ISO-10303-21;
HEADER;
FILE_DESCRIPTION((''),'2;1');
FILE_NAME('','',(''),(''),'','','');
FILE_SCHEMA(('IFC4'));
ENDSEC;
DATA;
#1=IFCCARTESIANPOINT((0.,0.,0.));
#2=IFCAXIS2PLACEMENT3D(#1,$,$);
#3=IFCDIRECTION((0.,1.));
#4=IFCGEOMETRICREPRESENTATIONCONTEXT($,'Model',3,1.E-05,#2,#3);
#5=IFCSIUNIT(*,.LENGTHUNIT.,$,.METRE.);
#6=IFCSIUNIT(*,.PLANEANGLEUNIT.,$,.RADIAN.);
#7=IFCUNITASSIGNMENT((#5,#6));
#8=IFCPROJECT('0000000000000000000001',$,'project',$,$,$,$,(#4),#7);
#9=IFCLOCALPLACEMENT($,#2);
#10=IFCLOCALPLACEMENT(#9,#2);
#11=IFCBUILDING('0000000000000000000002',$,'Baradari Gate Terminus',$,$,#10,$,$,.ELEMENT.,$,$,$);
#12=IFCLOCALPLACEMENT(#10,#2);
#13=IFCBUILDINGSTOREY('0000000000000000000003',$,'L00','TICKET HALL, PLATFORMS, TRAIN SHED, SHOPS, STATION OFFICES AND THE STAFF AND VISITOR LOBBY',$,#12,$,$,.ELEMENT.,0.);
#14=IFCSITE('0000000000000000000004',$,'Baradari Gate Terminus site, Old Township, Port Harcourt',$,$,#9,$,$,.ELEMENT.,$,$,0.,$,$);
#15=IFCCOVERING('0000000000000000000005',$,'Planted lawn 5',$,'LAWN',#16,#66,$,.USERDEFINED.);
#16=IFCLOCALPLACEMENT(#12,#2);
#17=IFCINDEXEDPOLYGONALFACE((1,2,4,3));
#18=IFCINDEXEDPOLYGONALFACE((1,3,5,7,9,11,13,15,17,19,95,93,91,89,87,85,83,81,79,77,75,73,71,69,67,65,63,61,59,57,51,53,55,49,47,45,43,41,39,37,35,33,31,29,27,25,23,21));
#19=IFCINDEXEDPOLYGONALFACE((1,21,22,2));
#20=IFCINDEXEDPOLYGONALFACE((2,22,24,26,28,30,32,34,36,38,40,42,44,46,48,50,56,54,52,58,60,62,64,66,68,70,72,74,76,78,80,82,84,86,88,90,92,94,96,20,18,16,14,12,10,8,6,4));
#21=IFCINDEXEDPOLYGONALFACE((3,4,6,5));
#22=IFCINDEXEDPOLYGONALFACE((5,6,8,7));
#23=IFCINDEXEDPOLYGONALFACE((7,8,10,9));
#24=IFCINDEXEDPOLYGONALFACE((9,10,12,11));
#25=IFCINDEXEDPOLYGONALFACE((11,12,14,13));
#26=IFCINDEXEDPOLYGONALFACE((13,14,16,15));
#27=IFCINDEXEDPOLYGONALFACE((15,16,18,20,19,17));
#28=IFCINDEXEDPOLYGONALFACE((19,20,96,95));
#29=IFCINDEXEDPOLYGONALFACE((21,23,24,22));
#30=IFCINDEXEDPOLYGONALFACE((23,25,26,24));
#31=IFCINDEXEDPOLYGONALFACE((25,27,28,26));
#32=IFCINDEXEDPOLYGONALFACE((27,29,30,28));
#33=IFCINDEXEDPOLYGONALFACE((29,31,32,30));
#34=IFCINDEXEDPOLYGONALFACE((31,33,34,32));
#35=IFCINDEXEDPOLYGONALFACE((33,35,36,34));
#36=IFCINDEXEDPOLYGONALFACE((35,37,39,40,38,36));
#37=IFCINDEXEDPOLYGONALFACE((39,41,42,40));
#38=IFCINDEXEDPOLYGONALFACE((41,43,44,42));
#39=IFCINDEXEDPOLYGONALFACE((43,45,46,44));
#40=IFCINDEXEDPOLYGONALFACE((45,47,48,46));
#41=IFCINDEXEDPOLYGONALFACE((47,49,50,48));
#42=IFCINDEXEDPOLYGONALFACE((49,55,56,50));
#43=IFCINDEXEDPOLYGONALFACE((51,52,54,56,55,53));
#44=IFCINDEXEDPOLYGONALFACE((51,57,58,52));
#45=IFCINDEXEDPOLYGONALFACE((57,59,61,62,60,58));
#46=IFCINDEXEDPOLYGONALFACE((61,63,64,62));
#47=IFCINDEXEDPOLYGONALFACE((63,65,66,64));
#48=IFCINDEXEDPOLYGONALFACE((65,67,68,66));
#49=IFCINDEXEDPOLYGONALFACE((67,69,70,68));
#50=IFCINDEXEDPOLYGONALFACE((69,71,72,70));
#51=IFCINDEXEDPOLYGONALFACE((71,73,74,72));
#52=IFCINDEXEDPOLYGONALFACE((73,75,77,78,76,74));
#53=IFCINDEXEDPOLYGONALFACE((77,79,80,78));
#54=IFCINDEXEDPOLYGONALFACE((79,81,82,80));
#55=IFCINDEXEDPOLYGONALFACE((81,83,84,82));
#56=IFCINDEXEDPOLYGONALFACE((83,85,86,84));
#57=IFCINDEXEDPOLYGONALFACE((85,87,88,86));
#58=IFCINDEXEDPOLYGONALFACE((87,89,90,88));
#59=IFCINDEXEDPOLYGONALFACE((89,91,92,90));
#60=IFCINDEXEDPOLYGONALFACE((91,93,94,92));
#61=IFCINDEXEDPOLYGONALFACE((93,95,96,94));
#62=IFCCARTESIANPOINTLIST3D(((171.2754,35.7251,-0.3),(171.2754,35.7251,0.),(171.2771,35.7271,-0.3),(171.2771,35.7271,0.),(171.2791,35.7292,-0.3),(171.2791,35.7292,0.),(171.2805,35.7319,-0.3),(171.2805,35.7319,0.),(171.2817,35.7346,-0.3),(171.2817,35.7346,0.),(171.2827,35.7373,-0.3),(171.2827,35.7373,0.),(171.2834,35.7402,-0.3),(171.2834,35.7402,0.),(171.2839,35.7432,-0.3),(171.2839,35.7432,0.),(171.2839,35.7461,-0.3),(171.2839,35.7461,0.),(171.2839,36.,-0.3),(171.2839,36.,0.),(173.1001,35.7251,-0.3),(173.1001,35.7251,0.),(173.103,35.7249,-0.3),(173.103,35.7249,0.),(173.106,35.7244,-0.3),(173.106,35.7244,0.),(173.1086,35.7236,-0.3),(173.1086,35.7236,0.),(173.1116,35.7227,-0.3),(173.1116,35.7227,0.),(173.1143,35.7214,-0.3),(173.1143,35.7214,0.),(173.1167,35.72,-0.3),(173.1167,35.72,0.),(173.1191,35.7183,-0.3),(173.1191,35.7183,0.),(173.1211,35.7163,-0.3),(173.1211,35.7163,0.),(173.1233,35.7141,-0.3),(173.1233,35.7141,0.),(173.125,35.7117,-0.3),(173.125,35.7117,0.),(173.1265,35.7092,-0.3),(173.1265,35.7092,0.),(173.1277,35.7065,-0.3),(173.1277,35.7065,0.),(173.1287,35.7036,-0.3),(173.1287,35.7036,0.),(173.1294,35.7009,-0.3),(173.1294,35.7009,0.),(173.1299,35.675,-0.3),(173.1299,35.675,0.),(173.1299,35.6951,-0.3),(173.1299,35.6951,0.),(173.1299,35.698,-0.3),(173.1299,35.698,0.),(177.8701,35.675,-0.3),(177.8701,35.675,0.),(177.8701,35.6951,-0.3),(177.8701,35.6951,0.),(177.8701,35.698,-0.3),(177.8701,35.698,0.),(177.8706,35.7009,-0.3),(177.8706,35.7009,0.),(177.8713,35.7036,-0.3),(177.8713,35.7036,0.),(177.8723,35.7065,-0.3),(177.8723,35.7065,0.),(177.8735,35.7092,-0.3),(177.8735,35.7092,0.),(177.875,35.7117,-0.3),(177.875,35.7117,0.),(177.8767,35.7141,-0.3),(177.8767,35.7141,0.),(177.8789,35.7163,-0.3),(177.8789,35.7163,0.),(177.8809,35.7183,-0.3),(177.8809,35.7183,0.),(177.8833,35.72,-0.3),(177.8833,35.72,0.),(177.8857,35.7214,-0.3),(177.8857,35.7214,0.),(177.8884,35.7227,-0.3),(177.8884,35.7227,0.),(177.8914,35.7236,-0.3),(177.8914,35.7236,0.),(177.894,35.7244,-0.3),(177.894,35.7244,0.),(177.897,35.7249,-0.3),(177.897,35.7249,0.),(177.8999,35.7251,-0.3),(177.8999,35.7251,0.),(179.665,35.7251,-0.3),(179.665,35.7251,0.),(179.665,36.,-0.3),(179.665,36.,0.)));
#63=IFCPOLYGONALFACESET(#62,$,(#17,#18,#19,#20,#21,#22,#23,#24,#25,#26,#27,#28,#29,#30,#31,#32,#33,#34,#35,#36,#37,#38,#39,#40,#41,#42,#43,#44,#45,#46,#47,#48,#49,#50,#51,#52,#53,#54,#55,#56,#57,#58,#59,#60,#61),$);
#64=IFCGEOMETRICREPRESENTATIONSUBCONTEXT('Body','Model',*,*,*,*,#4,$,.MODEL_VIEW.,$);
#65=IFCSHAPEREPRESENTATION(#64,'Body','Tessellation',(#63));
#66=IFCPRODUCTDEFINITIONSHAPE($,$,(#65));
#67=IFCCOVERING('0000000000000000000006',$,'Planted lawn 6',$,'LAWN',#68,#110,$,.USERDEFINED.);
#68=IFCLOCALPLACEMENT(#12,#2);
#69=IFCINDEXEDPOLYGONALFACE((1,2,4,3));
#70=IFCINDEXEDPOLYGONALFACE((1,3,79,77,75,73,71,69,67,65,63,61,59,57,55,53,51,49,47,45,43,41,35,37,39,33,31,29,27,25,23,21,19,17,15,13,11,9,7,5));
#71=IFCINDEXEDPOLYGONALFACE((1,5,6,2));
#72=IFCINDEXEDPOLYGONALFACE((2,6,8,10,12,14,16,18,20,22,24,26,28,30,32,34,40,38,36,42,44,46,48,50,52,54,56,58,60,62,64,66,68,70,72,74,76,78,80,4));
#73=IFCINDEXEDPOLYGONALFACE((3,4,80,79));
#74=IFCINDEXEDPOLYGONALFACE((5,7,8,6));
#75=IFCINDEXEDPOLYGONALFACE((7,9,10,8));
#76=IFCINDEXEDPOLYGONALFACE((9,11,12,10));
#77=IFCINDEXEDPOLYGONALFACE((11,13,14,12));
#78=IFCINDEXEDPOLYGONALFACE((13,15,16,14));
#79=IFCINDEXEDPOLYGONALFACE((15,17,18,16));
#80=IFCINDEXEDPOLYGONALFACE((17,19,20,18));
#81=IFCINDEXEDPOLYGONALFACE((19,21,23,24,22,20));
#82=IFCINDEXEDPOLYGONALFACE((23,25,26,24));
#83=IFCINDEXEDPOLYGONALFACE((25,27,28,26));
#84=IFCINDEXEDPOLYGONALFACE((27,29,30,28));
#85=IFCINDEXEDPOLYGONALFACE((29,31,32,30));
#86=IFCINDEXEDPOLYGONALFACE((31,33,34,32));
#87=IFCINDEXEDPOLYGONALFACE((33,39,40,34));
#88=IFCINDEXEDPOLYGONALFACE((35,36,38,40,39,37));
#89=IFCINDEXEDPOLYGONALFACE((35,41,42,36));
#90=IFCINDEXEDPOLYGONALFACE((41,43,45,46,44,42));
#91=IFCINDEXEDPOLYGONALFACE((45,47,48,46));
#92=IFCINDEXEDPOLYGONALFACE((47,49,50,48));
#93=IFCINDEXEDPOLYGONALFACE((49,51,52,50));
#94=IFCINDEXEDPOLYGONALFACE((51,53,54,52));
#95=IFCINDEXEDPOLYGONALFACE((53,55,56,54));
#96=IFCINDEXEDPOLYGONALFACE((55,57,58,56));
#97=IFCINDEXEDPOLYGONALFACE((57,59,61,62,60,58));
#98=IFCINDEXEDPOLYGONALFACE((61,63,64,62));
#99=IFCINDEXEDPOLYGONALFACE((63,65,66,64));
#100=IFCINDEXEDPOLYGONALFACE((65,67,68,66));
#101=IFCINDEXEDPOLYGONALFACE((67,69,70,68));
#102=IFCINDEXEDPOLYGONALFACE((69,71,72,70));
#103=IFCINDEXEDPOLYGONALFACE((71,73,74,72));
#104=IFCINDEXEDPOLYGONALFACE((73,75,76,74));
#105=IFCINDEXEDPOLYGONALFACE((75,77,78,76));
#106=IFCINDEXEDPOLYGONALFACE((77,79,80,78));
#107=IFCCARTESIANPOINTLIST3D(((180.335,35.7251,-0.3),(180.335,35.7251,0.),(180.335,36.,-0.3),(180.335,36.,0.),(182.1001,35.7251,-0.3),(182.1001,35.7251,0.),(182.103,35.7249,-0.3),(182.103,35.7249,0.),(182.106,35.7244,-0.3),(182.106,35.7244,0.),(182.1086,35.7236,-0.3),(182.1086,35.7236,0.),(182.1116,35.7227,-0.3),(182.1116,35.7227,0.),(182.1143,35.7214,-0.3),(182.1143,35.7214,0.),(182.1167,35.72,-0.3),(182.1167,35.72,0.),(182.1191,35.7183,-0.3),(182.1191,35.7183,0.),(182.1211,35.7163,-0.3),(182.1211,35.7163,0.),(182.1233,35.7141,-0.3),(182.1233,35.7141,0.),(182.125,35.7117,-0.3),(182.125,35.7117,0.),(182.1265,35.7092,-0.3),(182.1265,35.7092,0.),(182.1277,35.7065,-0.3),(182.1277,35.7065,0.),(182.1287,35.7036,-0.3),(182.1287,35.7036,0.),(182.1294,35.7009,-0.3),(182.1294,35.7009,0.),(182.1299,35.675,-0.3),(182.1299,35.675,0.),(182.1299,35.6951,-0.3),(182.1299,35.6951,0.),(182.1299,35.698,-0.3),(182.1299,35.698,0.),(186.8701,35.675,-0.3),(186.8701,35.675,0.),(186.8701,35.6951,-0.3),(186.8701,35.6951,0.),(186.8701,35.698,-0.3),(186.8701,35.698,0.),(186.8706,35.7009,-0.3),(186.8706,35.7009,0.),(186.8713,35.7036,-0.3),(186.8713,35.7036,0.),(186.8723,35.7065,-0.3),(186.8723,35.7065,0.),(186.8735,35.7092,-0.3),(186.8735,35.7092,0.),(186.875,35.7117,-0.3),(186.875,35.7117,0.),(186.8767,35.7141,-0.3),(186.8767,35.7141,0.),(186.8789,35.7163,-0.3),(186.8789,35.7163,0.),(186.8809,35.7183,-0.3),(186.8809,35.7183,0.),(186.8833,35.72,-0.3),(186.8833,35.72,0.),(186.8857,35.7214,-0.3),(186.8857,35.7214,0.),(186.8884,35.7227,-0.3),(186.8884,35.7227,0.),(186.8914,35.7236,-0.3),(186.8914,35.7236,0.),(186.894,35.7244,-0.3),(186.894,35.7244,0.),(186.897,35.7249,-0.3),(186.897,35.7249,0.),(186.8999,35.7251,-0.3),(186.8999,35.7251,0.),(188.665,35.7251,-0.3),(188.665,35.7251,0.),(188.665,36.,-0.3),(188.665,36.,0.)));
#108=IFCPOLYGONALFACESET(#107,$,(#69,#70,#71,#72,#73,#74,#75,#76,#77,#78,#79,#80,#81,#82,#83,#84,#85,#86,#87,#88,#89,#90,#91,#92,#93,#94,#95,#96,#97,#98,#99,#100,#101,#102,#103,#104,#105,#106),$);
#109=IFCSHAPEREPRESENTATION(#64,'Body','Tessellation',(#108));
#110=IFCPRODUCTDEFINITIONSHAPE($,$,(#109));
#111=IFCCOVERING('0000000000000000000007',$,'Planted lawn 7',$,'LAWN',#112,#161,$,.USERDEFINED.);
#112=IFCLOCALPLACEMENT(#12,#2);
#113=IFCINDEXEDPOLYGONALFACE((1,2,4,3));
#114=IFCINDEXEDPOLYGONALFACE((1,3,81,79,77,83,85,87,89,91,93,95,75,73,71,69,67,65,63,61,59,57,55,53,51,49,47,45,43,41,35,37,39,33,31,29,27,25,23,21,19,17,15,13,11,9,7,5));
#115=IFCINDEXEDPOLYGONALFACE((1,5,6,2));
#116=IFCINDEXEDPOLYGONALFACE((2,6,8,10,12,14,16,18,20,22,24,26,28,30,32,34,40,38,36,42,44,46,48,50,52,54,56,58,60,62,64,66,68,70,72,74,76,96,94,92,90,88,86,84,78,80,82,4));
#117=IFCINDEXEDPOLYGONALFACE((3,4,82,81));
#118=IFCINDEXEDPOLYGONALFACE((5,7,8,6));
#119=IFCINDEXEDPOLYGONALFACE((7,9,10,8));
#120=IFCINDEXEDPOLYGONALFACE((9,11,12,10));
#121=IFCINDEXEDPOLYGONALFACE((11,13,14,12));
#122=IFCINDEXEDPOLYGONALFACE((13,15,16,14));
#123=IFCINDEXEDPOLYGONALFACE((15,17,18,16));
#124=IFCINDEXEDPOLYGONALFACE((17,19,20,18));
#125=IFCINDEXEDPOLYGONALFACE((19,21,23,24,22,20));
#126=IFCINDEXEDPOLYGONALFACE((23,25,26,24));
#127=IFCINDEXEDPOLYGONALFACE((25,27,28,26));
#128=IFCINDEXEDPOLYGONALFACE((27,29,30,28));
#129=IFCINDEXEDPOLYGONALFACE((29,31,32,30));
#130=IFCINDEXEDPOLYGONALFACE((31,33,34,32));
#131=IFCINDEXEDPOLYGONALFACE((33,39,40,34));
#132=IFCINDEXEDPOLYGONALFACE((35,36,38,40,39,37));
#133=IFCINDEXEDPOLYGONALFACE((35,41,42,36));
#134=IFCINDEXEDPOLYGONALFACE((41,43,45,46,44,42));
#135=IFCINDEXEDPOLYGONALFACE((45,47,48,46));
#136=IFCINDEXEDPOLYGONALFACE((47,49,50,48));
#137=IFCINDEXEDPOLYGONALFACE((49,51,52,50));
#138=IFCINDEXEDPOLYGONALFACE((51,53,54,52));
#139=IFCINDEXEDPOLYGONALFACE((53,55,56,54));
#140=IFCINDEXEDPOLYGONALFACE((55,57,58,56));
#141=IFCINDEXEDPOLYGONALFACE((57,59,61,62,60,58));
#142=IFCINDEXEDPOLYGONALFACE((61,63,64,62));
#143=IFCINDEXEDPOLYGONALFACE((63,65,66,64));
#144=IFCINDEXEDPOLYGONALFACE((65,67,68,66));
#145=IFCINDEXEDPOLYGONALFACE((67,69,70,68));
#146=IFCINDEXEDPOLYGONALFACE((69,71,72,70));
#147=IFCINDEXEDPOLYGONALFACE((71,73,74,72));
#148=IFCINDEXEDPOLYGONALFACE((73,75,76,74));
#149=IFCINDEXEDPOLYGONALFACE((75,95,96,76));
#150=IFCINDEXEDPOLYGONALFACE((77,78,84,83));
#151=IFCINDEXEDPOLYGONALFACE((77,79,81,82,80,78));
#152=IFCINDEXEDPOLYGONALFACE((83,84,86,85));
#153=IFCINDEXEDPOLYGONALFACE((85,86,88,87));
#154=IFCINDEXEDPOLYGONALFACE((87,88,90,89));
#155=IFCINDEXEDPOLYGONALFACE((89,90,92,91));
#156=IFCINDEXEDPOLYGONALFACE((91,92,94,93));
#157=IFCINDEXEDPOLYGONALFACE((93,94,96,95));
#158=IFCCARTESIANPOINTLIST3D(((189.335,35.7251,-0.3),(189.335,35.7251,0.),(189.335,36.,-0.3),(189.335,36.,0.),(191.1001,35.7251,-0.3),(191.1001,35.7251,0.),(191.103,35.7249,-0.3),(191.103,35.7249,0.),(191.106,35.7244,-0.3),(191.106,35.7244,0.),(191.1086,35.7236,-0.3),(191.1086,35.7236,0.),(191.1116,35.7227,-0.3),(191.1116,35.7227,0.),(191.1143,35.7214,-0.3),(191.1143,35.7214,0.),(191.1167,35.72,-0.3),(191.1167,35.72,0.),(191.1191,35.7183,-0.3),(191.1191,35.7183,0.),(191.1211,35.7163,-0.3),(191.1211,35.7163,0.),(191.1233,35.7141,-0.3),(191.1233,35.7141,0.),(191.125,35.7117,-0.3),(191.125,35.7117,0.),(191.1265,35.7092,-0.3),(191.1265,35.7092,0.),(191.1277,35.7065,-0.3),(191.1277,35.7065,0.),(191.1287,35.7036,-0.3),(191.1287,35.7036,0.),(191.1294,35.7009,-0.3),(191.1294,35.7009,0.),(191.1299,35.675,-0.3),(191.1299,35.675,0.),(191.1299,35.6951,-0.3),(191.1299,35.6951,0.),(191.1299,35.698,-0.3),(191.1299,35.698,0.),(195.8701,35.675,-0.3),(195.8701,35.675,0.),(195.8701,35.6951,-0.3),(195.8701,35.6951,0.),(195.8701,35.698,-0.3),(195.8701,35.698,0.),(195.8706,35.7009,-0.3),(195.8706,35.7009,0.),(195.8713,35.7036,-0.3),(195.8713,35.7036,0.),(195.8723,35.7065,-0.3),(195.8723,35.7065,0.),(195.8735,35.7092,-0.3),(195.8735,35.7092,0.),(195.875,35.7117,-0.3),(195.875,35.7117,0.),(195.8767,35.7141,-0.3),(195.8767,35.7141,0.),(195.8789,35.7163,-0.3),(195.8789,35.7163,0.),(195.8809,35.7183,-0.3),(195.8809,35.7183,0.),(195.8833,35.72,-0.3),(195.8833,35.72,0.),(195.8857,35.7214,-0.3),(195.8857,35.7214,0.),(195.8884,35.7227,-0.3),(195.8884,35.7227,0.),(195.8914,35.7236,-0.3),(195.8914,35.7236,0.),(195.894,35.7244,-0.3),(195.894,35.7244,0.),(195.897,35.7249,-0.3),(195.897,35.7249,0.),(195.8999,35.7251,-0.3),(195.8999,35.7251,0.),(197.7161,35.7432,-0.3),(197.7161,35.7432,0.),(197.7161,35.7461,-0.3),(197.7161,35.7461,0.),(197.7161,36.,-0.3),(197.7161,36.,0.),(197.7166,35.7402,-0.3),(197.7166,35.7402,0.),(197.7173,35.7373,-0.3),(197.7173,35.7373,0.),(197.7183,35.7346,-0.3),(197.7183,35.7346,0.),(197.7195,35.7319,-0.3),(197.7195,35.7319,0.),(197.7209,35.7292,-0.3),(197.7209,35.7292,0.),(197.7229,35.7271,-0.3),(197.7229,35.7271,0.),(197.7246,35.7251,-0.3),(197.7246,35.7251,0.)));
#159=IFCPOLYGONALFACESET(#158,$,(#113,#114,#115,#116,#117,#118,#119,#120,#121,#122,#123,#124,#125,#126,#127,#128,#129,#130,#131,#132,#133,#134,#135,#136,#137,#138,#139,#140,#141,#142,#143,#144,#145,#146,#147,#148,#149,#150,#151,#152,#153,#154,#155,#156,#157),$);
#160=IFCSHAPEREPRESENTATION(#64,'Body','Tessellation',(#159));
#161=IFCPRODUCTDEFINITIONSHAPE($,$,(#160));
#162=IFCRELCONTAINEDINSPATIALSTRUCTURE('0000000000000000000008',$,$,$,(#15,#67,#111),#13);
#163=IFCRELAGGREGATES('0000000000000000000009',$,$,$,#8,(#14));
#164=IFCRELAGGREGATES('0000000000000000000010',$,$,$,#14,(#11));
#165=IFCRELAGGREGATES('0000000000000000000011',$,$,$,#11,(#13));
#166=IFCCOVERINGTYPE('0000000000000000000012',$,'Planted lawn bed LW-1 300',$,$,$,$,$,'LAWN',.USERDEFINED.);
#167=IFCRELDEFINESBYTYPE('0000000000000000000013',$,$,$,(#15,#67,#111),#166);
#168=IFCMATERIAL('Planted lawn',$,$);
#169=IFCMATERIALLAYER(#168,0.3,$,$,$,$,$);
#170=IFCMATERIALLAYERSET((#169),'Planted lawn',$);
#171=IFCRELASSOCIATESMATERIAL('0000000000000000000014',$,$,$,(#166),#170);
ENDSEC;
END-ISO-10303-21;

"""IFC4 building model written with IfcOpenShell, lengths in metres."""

from ifc_helpers import new_model, si_unit, direction, frame, origin, place, context, subcontext, project, spatial, polyline, outline, extrude, material, layer, layer_set, type_object, element, save


model = new_model("IFC4")

# Units and contexts
model_context = context("Model", 3, precision=1e-05, world=origin(), true_north=direction((0.0, 1.0)))
body_context = subcontext(model_context, "Body", "Model", "MODEL_VIEW")
ifc_project = project(units=[si_unit("LENGTHUNIT", "METRE"), si_unit("PLANEANGLEUNIT", "RADIAN")], contexts=[model_context])

# Site, building, storey
site_placement = place(None, origin())
site = spatial("IfcSite", under=ifc_project, at=site_placement, Name="Baradari Gate Terminus site, Old Township, Port Harcourt", CompositionType="ELEMENT", RefElevation=0.0)
building_placement = place(site_placement, origin())
building = spatial("IfcBuilding", under=site, at=building_placement, Name="Baradari Gate Terminus", CompositionType="ELEMENT")
storey_placement = place(building_placement, origin())
storey = spatial("IfcBuildingStorey", under=building, at=storey_placement, Name="L00", Description="TICKET HALL, PLATFORMS, TRAIN SHED, SHOPS, STATION OFFICES AND THE STAFF AND VISITOR LOBBY", CompositionType="ELEMENT", Elevation=0.0)

# Coverings
ifc_material_1 = material(Name="Planted lawn")
ifc_layer_1 = layer(ifc_material_1, 0.3)
ifc_layer_set_1 = layer_set([ifc_layer_1], Name="Planted lawn")
covering_type_1 = type_object("IfcCoveringType", Name="Planted lawn bed LW-1 300", ElementType="LAWN", PredefinedType="USERDEFINED", material=ifc_layer_set_1)
covering_1_placement = place(storey_placement, frame((0.0, 0.0, -0.3)))
element("IfcCovering", 1, at=covering_1_placement, inside=storey, type_object=covering_type_1, Name="Planted lawn 5", ObjectType="LAWN", PredefinedType="USERDEFINED", context=body_context, shape_type="SweptSolid", body=[
    extrude(outline(polyline([(171.2791, 35.7292), (171.2771, 35.7271), (171.2754, 35.7251), (173.1001, 35.7251), (173.103, 35.7249), (173.106, 35.7244), (173.1086, 35.7236), (173.1116, 35.7227), (173.1143, 35.7214), (173.1167, 35.72), (173.1191, 35.7183), (173.1211, 35.7163), (173.1233, 35.7141), (173.125, 35.7117), (173.1265, 35.7092), (173.1277, 35.7065), (173.1287, 35.7036), (173.1294, 35.7009), (173.1299, 35.698), (173.1299, 35.6951), (173.1299, 35.675), (177.8701, 35.675), (177.8701, 35.6951), (177.8701, 35.698), (177.8706, 35.7009), (177.8713, 35.7036), (177.8723, 35.7065), (177.8735, 35.7092), (177.875, 35.7117), (177.8767, 35.7141), (177.8789, 35.7163), (177.8809, 35.7183), (177.8833, 35.72), (177.8857, 35.7214), (177.8884, 35.7227), (177.8914, 35.7236), (177.894, 35.7244), (177.897, 35.7249), (177.8999, 35.7251), (179.665, 35.7251), (179.665, 36.0), (171.2839, 36.0), (171.2839, 35.7461), (171.2839, 35.7432), (171.2834, 35.7402), (171.2827, 35.7373), (171.2817, 35.7346), (171.2805, 35.7319), (171.2791, 35.7292)])), origin(), (0.0, 0.0, 1.0), 0.3),
])
covering_2_placement = place(storey_placement, frame((0.0, 0.0, -0.3)))
element("IfcCovering", 2, at=covering_2_placement, inside=storey, type_object=covering_type_1, Name="Planted lawn 6", ObjectType="LAWN", PredefinedType="USERDEFINED", context=body_context, shape_type="SweptSolid", body=[
    extrude(outline(polyline([(182.1143, 35.7214), (182.1167, 35.72), (182.1191, 35.7183), (182.1211, 35.7163), (182.1233, 35.7141), (182.125, 35.7117), (182.1265, 35.7092), (182.1277, 35.7065), (182.1287, 35.7036), (182.1294, 35.7009), (182.1299, 35.698), (182.1299, 35.6951), (182.1299, 35.675), (186.8701, 35.675), (186.8701, 35.6951), (186.8701, 35.698), (186.8706, 35.7009), (186.8713, 35.7036), (186.8723, 35.7065), (186.8735, 35.7092), (186.875, 35.7117), (186.8767, 35.7141), (186.8789, 35.7163), (186.8809, 35.7183), (186.8833, 35.72), (186.8857, 35.7214), (186.8884, 35.7227), (186.8914, 35.7236), (186.894, 35.7244), (186.897, 35.7249), (186.8999, 35.7251), (188.665, 35.7251), (188.665, 36.0), (180.335, 36.0), (180.335, 35.7251), (182.1001, 35.7251), (182.103, 35.7249), (182.106, 35.7244), (182.1086, 35.7236), (182.1116, 35.7227), (182.1143, 35.7214)])), origin(), (0.0, 0.0, 1.0), 0.3),
])
covering_3_placement = place(storey_placement, frame((0.0, 0.0, -0.3)))
element("IfcCovering", 3, at=covering_3_placement, inside=storey, type_object=covering_type_1, Name="Planted lawn 7", ObjectType="LAWN", PredefinedType="USERDEFINED", context=body_context, shape_type="SweptSolid", body=[
    extrude(outline(polyline([(191.1116, 35.7227), (191.1143, 35.7214), (191.1167, 35.72), (191.1191, 35.7183), (191.1211, 35.7163), (191.1233, 35.7141), (191.125, 35.7117), (191.1265, 35.7092), (191.1277, 35.7065), (191.1287, 35.7036), (191.1294, 35.7009), (191.1299, 35.698), (191.1299, 35.6951), (191.1299, 35.675), (195.8701, 35.675), (195.8701, 35.6951), (195.8701, 35.698), (195.8706, 35.7009), (195.8713, 35.7036), (195.8723, 35.7065), (195.8735, 35.7092), (195.875, 35.7117), (195.8767, 35.7141), (195.8789, 35.7163), (195.8809, 35.7183), (195.8833, 35.72), (195.8857, 35.7214), (195.8884, 35.7227), (195.8914, 35.7236), (195.894, 35.7244), (195.897, 35.7249), (195.8999, 35.7251), (197.7246, 35.7251), (197.7229, 35.7271), (197.7209, 35.7292), (197.7195, 35.7319), (197.7183, 35.7346), (197.7173, 35.7373), (197.7166, 35.7402), (197.7161, 35.7432), (197.7161, 35.7461), (197.7161, 36.0), (189.335, 36.0), (189.335, 35.7251), (191.1001, 35.7251), (191.103, 35.7249), (191.106, 35.7244), (191.1086, 35.7236), (191.1116, 35.7227)])), origin(), (0.0, 0.0, 1.0), 0.3),
])

save(model, "model.ifc")
